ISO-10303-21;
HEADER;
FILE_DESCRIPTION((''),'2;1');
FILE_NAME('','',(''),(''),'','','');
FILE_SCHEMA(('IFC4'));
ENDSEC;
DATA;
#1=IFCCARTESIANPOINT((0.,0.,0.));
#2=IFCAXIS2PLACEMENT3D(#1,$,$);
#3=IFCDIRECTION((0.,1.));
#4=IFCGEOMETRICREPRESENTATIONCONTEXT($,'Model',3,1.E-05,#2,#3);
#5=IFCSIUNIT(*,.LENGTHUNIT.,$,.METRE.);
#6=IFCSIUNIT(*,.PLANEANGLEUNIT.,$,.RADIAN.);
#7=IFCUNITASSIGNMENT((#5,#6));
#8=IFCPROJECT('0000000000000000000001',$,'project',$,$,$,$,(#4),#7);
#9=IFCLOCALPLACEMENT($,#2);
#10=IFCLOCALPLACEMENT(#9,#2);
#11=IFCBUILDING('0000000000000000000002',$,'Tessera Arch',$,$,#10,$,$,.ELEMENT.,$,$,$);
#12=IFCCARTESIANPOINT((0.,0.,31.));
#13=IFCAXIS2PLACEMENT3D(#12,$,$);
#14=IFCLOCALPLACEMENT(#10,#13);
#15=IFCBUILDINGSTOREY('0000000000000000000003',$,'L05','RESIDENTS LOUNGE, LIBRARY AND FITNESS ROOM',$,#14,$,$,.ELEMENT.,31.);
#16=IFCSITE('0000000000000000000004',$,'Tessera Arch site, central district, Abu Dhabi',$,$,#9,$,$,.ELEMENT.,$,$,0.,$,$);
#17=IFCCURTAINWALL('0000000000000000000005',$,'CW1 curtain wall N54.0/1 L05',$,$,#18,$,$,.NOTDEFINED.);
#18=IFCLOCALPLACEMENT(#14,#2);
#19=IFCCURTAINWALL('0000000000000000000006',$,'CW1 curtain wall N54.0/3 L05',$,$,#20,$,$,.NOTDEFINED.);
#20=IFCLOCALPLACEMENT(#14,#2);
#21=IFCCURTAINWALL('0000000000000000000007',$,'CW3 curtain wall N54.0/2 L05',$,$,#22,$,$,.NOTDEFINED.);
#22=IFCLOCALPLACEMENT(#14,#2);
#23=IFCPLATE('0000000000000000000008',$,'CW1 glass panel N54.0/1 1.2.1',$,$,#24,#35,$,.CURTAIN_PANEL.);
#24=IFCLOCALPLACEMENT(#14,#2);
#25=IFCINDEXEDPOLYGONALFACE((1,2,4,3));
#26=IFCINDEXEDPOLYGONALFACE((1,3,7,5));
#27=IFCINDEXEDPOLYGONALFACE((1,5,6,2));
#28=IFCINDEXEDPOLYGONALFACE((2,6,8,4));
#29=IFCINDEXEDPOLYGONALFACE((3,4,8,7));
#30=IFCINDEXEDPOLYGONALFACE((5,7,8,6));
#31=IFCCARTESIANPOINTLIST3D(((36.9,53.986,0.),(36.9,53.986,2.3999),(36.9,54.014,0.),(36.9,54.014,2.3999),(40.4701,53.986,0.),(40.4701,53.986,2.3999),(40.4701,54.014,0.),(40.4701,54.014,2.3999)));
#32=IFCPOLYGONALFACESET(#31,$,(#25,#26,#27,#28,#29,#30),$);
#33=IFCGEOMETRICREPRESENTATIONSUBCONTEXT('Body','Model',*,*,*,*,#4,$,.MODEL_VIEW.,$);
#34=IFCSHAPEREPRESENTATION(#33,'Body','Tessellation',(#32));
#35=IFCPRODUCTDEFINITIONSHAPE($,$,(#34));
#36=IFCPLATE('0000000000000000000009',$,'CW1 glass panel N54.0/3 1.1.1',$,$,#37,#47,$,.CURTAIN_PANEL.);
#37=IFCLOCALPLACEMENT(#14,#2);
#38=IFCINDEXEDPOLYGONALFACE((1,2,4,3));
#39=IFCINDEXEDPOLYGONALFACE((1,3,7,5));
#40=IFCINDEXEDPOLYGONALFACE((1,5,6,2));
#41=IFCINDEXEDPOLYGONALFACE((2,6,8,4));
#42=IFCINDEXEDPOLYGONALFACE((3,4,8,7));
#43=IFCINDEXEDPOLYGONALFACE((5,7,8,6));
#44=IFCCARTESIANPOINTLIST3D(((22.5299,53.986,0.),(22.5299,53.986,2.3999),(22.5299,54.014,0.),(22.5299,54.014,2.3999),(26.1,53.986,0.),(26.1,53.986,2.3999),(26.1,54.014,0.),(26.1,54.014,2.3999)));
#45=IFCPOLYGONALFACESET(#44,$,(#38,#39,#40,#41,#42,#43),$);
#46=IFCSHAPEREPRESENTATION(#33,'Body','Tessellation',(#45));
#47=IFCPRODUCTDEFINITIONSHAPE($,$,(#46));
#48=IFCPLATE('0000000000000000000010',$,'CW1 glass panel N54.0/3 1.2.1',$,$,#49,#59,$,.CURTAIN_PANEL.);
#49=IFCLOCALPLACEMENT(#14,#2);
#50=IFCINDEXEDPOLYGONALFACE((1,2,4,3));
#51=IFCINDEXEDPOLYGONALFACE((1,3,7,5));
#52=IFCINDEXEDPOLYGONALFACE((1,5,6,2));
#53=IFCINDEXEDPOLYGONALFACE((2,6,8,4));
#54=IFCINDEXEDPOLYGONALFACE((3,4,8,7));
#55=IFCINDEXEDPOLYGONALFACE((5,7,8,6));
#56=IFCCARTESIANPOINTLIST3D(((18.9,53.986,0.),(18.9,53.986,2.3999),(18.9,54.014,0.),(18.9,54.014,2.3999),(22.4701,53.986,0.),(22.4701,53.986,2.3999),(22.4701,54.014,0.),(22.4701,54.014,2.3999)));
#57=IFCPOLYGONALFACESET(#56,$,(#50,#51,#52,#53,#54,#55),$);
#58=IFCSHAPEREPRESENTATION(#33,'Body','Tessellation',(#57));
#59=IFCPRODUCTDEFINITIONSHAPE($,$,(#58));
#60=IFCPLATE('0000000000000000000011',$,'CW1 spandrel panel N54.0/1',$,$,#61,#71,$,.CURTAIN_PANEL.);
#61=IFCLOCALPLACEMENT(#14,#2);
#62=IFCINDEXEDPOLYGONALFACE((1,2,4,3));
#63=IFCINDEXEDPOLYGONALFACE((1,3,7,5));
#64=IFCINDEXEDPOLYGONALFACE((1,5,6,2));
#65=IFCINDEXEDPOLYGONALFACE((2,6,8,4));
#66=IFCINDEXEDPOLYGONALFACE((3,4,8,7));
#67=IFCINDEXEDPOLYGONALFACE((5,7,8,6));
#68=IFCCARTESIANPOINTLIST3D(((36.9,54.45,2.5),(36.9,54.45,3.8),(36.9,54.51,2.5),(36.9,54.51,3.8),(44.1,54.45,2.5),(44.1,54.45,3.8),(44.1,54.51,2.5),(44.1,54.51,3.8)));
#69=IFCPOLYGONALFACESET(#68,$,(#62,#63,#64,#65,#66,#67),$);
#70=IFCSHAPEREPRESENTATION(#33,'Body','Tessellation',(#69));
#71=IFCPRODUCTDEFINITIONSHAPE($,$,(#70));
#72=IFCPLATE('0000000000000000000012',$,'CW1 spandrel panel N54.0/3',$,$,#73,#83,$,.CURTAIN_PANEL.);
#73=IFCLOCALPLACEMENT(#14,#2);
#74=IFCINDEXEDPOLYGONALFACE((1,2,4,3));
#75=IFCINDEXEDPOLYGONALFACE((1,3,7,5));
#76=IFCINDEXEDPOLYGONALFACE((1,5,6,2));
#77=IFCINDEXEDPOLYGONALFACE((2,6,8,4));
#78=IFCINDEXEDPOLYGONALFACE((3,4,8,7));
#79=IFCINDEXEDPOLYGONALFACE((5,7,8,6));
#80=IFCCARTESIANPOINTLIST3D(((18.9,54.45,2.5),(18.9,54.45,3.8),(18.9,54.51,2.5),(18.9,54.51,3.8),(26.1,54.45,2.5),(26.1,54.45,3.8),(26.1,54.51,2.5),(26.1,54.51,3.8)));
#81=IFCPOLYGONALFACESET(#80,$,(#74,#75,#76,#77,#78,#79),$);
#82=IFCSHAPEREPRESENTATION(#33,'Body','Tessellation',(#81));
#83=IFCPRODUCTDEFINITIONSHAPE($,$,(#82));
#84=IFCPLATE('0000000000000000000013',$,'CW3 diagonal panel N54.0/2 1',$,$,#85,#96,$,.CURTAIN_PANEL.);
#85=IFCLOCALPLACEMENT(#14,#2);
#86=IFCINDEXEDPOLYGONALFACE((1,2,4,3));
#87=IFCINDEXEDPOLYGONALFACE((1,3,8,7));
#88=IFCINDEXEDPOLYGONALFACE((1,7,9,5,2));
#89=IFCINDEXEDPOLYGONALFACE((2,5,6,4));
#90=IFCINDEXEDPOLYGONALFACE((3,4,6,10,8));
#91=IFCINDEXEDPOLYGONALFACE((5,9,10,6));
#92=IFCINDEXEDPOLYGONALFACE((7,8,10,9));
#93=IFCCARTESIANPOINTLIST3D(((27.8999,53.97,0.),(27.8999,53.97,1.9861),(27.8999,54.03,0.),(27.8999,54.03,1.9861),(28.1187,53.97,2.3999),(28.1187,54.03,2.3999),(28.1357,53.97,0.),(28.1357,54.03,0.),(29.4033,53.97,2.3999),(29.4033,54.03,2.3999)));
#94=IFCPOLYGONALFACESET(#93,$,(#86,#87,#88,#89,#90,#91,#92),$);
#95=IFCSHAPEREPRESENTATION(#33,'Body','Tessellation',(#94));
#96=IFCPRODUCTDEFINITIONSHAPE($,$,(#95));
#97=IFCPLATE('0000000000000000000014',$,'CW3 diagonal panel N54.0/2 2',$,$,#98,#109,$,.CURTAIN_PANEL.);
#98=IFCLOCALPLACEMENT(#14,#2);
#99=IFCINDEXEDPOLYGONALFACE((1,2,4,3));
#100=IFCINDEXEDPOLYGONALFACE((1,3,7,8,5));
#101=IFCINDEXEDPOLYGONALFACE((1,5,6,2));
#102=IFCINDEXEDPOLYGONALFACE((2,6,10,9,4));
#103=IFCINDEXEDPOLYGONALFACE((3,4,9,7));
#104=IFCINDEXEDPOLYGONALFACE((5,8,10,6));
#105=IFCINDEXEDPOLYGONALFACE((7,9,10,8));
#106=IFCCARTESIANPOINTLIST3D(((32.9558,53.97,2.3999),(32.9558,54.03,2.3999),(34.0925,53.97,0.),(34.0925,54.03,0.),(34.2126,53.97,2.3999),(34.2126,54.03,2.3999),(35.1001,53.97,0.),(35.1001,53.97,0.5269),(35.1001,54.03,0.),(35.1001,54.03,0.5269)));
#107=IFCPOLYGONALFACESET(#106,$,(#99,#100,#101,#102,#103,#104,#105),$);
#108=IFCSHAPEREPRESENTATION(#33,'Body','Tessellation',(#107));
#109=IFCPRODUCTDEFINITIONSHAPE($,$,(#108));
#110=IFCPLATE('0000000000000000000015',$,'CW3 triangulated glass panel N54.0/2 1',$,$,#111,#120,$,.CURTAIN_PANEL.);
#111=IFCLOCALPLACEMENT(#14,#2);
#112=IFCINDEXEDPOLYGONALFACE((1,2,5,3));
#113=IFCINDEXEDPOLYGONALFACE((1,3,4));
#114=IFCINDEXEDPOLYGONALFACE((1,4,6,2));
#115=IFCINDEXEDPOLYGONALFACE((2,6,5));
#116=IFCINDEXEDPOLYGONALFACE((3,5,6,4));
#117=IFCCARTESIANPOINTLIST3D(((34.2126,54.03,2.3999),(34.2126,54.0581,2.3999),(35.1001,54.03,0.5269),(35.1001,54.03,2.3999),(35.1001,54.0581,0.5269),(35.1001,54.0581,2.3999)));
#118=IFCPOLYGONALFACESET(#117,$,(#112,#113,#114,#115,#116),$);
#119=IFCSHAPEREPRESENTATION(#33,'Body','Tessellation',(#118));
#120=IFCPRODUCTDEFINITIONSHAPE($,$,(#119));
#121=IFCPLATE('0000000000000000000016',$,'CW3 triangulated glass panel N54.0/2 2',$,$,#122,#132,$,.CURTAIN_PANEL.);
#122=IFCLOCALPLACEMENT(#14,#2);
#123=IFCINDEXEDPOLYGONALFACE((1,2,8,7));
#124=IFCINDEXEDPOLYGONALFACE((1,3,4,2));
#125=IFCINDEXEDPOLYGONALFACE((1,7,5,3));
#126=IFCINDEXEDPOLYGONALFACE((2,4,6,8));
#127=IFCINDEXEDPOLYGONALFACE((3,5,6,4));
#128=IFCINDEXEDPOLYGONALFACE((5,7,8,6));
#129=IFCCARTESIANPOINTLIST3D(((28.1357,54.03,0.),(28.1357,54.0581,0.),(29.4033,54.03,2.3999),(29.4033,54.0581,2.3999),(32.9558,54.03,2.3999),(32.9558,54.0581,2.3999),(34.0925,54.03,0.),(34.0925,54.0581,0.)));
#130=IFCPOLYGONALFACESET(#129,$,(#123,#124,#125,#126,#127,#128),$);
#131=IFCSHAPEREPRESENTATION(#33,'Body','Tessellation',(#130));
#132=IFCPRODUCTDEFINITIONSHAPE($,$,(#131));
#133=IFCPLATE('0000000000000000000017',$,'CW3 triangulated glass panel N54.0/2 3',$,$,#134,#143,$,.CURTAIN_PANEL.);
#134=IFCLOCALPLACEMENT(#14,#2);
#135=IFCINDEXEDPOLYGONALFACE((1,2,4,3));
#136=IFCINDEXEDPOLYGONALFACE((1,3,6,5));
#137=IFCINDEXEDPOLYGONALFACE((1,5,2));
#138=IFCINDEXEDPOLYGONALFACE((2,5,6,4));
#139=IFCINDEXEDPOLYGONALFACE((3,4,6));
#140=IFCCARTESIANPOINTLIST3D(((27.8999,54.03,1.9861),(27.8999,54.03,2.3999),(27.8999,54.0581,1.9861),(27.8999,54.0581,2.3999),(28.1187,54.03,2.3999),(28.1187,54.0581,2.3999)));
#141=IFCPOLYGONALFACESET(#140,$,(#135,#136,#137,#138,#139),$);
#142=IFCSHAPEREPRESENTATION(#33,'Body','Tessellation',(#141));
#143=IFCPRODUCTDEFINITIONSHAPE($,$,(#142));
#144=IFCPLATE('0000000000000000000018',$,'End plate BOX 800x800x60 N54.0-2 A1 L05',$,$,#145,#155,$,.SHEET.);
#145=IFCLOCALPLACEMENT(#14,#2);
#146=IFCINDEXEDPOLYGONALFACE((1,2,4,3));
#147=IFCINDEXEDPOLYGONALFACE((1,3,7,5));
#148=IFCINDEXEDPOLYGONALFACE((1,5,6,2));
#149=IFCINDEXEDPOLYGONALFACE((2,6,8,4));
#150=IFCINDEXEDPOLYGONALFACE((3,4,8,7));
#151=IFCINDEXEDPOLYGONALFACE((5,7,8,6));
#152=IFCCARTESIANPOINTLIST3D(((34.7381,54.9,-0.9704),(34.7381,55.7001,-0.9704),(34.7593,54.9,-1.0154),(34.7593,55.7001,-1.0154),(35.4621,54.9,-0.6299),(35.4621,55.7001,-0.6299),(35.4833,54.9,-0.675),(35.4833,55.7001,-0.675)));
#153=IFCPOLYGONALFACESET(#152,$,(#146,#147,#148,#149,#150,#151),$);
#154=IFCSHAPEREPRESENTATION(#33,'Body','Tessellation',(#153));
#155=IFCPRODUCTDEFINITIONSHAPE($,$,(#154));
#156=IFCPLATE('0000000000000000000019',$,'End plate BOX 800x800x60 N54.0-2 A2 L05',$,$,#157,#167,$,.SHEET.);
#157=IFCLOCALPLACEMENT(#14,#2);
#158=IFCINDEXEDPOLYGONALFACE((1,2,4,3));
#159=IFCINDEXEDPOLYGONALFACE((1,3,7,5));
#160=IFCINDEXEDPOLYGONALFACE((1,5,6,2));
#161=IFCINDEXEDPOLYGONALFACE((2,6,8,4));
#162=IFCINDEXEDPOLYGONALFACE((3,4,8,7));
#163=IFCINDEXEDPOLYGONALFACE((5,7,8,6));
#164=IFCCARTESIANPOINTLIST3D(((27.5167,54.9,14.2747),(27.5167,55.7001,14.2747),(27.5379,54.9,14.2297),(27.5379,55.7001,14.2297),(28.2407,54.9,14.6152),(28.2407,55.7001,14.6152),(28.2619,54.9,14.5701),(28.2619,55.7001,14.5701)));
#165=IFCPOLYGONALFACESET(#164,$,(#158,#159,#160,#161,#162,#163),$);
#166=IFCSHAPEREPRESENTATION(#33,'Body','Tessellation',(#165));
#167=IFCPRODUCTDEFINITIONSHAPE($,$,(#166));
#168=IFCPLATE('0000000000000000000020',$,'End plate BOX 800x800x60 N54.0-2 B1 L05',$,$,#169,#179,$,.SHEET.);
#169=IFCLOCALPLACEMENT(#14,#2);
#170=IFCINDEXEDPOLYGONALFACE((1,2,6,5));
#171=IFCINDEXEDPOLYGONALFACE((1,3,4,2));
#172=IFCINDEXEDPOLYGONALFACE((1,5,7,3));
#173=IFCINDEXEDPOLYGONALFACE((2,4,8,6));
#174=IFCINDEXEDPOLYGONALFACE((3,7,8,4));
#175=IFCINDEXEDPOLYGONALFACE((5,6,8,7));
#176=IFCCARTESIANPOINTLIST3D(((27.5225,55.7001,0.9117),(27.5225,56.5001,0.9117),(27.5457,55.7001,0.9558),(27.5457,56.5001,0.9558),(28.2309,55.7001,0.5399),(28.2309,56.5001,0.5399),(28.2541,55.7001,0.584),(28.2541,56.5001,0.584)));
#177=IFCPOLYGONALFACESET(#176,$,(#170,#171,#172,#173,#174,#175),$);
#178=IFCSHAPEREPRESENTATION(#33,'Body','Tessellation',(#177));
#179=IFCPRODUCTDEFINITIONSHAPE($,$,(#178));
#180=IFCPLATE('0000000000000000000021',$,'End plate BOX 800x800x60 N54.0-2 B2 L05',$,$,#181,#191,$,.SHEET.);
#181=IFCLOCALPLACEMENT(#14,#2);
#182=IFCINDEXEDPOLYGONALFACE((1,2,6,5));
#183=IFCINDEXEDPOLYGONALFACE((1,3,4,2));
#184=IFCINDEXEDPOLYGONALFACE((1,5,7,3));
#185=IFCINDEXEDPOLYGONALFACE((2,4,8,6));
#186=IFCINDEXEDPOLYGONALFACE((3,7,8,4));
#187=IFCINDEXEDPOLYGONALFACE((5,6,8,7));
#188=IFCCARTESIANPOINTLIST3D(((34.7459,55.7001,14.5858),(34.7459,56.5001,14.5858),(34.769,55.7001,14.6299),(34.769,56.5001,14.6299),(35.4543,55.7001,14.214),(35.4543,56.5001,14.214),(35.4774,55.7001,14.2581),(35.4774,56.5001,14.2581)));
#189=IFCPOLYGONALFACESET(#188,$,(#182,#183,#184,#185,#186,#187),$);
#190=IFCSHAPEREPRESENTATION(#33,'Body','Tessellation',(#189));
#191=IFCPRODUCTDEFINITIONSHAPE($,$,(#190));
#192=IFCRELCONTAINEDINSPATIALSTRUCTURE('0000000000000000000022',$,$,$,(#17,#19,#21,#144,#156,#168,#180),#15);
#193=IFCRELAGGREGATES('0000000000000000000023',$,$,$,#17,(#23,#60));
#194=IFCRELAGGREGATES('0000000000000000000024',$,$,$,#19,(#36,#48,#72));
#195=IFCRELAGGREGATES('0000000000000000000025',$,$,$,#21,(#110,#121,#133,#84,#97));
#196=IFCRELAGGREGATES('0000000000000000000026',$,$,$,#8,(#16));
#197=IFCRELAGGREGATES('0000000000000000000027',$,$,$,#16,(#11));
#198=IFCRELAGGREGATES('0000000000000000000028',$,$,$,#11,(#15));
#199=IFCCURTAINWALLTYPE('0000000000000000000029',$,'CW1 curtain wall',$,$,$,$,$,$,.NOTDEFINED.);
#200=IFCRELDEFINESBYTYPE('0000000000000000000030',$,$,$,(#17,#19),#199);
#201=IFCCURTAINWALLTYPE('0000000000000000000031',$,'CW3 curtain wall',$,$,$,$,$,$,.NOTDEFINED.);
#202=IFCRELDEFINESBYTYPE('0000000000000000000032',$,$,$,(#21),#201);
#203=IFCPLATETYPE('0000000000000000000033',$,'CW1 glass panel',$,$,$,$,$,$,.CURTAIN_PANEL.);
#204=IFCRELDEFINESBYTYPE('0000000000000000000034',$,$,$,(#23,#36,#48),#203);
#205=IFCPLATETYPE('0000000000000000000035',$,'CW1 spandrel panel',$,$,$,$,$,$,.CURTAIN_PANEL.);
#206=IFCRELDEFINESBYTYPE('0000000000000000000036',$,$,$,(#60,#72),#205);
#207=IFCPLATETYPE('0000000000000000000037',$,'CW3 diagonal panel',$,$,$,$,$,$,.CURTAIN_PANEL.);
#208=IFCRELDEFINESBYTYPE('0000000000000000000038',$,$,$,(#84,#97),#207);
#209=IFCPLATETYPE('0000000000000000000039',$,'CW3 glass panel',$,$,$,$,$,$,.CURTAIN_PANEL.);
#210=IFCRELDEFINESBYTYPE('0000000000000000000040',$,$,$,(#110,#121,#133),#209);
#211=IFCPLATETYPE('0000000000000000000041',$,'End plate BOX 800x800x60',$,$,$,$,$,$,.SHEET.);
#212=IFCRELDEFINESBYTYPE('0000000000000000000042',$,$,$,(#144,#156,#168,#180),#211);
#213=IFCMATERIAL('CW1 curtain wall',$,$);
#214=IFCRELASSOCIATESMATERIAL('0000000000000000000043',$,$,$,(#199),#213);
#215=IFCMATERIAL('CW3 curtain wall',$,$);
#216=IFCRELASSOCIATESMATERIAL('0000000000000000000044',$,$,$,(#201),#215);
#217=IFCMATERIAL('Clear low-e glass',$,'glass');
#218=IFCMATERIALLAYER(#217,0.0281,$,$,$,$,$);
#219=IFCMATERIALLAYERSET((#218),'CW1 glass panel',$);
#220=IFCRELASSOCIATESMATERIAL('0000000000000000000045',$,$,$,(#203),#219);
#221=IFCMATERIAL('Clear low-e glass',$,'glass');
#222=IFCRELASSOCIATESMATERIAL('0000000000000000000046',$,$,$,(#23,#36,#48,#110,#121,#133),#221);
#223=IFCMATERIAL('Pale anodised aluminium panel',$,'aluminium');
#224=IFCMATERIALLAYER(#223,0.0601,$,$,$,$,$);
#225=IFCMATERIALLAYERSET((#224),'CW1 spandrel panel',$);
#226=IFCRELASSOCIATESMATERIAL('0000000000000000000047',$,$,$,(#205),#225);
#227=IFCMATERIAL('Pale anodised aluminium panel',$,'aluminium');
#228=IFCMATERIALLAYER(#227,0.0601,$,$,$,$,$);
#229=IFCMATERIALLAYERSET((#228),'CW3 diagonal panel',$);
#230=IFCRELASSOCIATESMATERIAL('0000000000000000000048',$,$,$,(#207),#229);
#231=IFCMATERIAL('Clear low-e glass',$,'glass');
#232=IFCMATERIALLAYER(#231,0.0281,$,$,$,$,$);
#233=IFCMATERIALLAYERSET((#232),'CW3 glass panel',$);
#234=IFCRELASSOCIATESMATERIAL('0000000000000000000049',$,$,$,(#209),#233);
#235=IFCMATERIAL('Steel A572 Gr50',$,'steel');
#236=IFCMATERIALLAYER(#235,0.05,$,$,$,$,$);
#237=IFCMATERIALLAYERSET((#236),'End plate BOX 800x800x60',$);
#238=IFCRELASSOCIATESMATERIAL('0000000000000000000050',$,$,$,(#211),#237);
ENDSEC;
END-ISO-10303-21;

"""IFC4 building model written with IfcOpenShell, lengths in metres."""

from ifc_helpers import new_model, si_unit, direction, frame, origin, origin_2d, place, context, subcontext, project, spatial, polyline, rectangle, outline, extrude, material, layer, layer_set, type_object, element, aggregate, save


model = new_model("IFC4")

# Units and contexts
model_context = context("Model", 3, precision=1e-05, world=origin(), true_north=direction((0.0, 1.0)))
body_context = subcontext(model_context, "Body", "Model", "MODEL_VIEW")
ifc_project = project(units=[si_unit("LENGTHUNIT", "METRE"), si_unit("PLANEANGLEUNIT", "RADIAN")], contexts=[model_context])

# Site, building, storey
site_placement = place(None, origin())
site = spatial("IfcSite", under=ifc_project, at=site_placement, Name="Tessera Arch site, central district, Abu Dhabi", CompositionType="ELEMENT", RefElevation=0.0)
building_placement = place(site_placement, origin())
building = spatial("IfcBuilding", under=site, at=building_placement, Name="Tessera Arch", CompositionType="ELEMENT")
storey_placement = place(building_placement, frame((0.0, 0.0, 31.0)))
storey = spatial("IfcBuildingStorey", under=building, at=storey_placement, Name="L05", Description="RESIDENTS LOUNGE, LIBRARY AND FITNESS ROOM", CompositionType="ELEMENT", Elevation=31.0)

# Curtain wall
ifc_material_1 = material(Name="CW1 curtain wall")
curtain_wall_type_1 = type_object("IfcCurtainWallType", Name="CW1 curtain wall", PredefinedType="NOTDEFINED", material=ifc_material_1)
curtain_wall_1_placement = place(storey_placement, origin())
curtain_wall_1 = element("IfcCurtainWall", 1, at=curtain_wall_1_placement, inside=storey, type_object=curtain_wall_type_1, Name="CW1 curtain wall N54.0/1 L05", PredefinedType="NOTDEFINED")

# Curtain wall
curtain_wall_2_placement = place(storey_placement, origin())
curtain_wall_2 = element("IfcCurtainWall", 2, at=curtain_wall_2_placement, inside=storey, type_object=curtain_wall_type_1, Name="CW1 curtain wall N54.0/3 L05", PredefinedType="NOTDEFINED")

# Curtain wall
ifc_material_2 = material(Name="CW3 curtain wall")
curtain_wall_type_2 = type_object("IfcCurtainWallType", Name="CW3 curtain wall", PredefinedType="NOTDEFINED", material=ifc_material_2)
curtain_wall_3_placement = place(storey_placement, origin())
curtain_wall_3 = element("IfcCurtainWall", 3, at=curtain_wall_3_placement, inside=storey, type_object=curtain_wall_type_2, Name="CW3 curtain wall N54.0/2 L05", PredefinedType="NOTDEFINED")

# Plates
ifc_material_3 = material(Name="Clear low-e glass", Category="glass")
ifc_material_4 = material(Name="Clear low-e glass", Category="glass")
ifc_layer_1 = layer(ifc_material_4, 0.0281)
ifc_layer_set_1 = layer_set([ifc_layer_1], Name="CW1 glass panel")
plate_type_1 = type_object("IfcPlateType", Name="CW1 glass panel", PredefinedType="CURTAIN_PANEL", material=ifc_layer_set_1)
plate_1_placement = place(storey_placement, frame((38.6851, 54.0, 0.0), z_axis=(0.0, 0.0, 1.0), x_axis=(-1.0, 0.0, 0.0)))
plate_1 = element("IfcPlate", 4, at=plate_1_placement, type_object=plate_type_1, material=ifc_material_3, Name="CW1 glass panel N54.0/1 1.2.1", PredefinedType="CURTAIN_PANEL", context=body_context, shape_type="SweptSolid", body=[
    extrude(rectangle(XDim=3.5701, YDim=0.0281, at=origin_2d()), origin(), (0.0, 0.0, 1.0), 2.3999),
])
plate_2_placement = place(storey_placement, frame((24.3149, 54.0, 0.0), z_axis=(0.0, 0.0, 1.0), x_axis=(-1.0, 0.0, 0.0)))
plate_2 = element("IfcPlate", 5, at=plate_2_placement, type_object=plate_type_1, material=ifc_material_3, Name="CW1 glass panel N54.0/3 1.1.1", PredefinedType="CURTAIN_PANEL", context=body_context, shape_type="SweptSolid", body=[
    extrude(rectangle(XDim=3.5701, YDim=0.0281, at=origin_2d()), origin(), (0.0, 0.0, 1.0), 2.3999),
])
plate_3_placement = place(storey_placement, frame((20.6851, 54.0, 0.0), z_axis=(0.0, 0.0, 1.0), x_axis=(-1.0, 0.0, 0.0)))
plate_3 = element("IfcPlate", 6, at=plate_3_placement, type_object=plate_type_1, material=ifc_material_3, Name="CW1 glass panel N54.0/3 1.2.1", PredefinedType="CURTAIN_PANEL", context=body_context, shape_type="SweptSolid", body=[
    extrude(rectangle(XDim=3.5701, YDim=0.0281, at=origin_2d()), origin(), (0.0, 0.0, 1.0), 2.3999),
])
ifc_material_5 = material(Name="Pale anodised aluminium panel", Category="aluminium")
ifc_layer_2 = layer(ifc_material_5, 0.0601)
ifc_layer_set_2 = layer_set([ifc_layer_2], Name="CW1 spandrel panel")
plate_type_2 = type_object("IfcPlateType", Name="CW1 spandrel panel", PredefinedType="CURTAIN_PANEL", material=ifc_layer_set_2)
plate_4_placement = place(storey_placement, frame((40.5, 54.48, 2.5), z_axis=(0.0, 0.0, 1.0), x_axis=(-1.0, 0.0, 0.0)))
plate_4 = element("IfcPlate", 7, at=plate_4_placement, type_object=plate_type_2, Name="CW1 spandrel panel N54.0/1", PredefinedType="CURTAIN_PANEL", context=body_context, shape_type="SweptSolid", body=[
    extrude(rectangle(XDim=7.2, YDim=0.0601, at=origin_2d()), origin(), (0.0, 0.0, 1.0), 1.3),
])
aggregate(curtain_wall_1, [plate_1, plate_4])
plate_5_placement = place(storey_placement, frame((22.5, 54.48, 2.5), z_axis=(0.0, 0.0, 1.0), x_axis=(-1.0, 0.0, 0.0)))
plate_5 = element("IfcPlate", 8, at=plate_5_placement, type_object=plate_type_2, Name="CW1 spandrel panel N54.0/3", PredefinedType="CURTAIN_PANEL", context=body_context, shape_type="SweptSolid", body=[
    extrude(rectangle(XDim=7.2, YDim=0.0601, at=origin_2d()), origin(), (0.0, 0.0, 1.0), 1.3),
])
aggregate(curtain_wall_2, [plate_2, plate_3, plate_5])
ifc_material_6 = material(Name="Pale anodised aluminium panel", Category="aluminium")
ifc_layer_3 = layer(ifc_material_6, 0.0601)
ifc_layer_set_3 = layer_set([ifc_layer_3], Name="CW3 diagonal panel")
plate_type_3 = type_object("IfcPlateType", Name="CW3 diagonal panel", PredefinedType="CURTAIN_PANEL", material=ifc_layer_set_3)
plate_6_placement = place(storey_placement, frame((27.8999, 54.03, 0.0), z_axis=(0.0, 1.0, 0.0), x_axis=(0.0, 0.0, 1.0)))
plate_6 = element("IfcPlate", 9, at=plate_6_placement, type_object=plate_type_3, Name="CW3 diagonal panel N54.0/2 1", PredefinedType="CURTAIN_PANEL", context=body_context, shape_type="SweptSolid", body=[
    extrude(outline(polyline([(0.0, 0.0), (1.9861, 0.0), (2.3999, 0.2188), (2.3999, 1.5034), (0.0, 0.2358), (0.0, 0.0)])), origin(), (0.0, 0.0, -1.0), 0.0601),
])
plate_7_placement = place(storey_placement, frame((32.9558, 54.03, 2.3999), z_axis=(0.0, 1.0, 0.0), x_axis=(1.0, 0.0, 0.0)))
plate_7 = element("IfcPlate", 10, at=plate_7_placement, type_object=plate_type_3, Name="CW3 diagonal panel N54.0/2 2", PredefinedType="CURTAIN_PANEL", context=body_context, shape_type="SweptSolid", body=[
    extrude(outline(polyline([(0.0, 0.0), (1.2568, 0.0), (2.1443, 1.873), (2.1443, 2.3999), (1.1367, 2.3999), (0.0, 0.0)])), origin(), (0.0, 0.0, -1.0), 0.0601),
])
ifc_material_7 = material(Name="Clear low-e glass", Category="glass")
ifc_layer_4 = layer(ifc_material_7, 0.0281)
ifc_layer_set_4 = layer_set([ifc_layer_4], Name="CW3 glass panel")
plate_type_4 = type_object("IfcPlateType", Name="CW3 glass panel", PredefinedType="CURTAIN_PANEL", material=ifc_layer_set_4)
plate_8_placement = place(storey_placement, frame((35.1001, 54.0581, 2.3999), z_axis=(0.0, 1.0, 0.0), x_axis=(0.0, 0.0, -1.0)))
plate_8 = element("IfcPlate", 11, at=plate_8_placement, type_object=plate_type_4, material=ifc_material_3, Name="CW3 triangulated glass panel N54.0/2 1", PredefinedType="CURTAIN_PANEL", context=body_context, shape_type="SweptSolid", body=[
    extrude(outline(polyline([(0.0, 0.0), (1.873, 0.0), (0.0, 0.8875), (0.0, 0.0)])), origin(), (0.0, 0.0, -1.0), 0.0281),
])
plate_9_placement = place(storey_placement, frame((29.4033, 54.0581, 2.3999), z_axis=(0.0, 1.0, 0.0), x_axis=(1.0, 0.0, 0.0)))
plate_9 = element("IfcPlate", 12, at=plate_9_placement, type_object=plate_type_4, material=ifc_material_3, Name="CW3 triangulated glass panel N54.0/2 2", PredefinedType="CURTAIN_PANEL", context=body_context, shape_type="SweptSolid", body=[
    extrude(outline(polyline([(0.0, 0.0), (3.5525, 0.0), (4.6892, 2.3999), (-1.2676, 2.3999), (0.0, 0.0)])), origin(), (0.0, 0.0, -1.0), 0.0281),
])
plate_10_placement = place(storey_placement, frame((27.8999, 54.0581, 2.3999), z_axis=(0.0, 1.0, 0.0), x_axis=(1.0, 0.0, 0.0)))
plate_10 = element("IfcPlate", 13, at=plate_10_placement, type_object=plate_type_4, material=ifc_material_3, Name="CW3 triangulated glass panel N54.0/2 3", PredefinedType="CURTAIN_PANEL", context=body_context, shape_type="SweptSolid", body=[
    extrude(outline(polyline([(0.0, 0.0), (0.2188, 0.0), (0.0, 0.4138), (0.0, 0.0)])), origin(), (0.0, 0.0, -1.0), 0.0281),
])
aggregate(curtain_wall_3, [plate_8, plate_9, plate_10, plate_6, plate_7])

# Plates
ifc_material_8 = material(Name="Steel A572 Gr50", Category="steel")
ifc_layer_5 = layer(ifc_material_8, 0.05)
ifc_layer_set_5 = layer_set([ifc_layer_5], Name="End plate BOX 800x800x60")
plate_type_5 = type_object("IfcPlateType", Name="End plate BOX 800x800x60", PredefinedType="SHEET", material=ifc_layer_set_5)
for number, where, z_axis, x_axis, name in (
    (14, (35.1213, 55.3, -0.8452), (-0.425561, 0.0, 0.90493), (0.0, -1.0, 0.0), "End plate BOX 800x800x60 N54.0-2 A1 L05"),
    (15, (27.8999, 55.3, 14.3999), (-0.425561, 0.0, 0.90493), (0.0, -1.0, 0.0), "End plate BOX 800x800x60 N54.0-2 A2 L05"),
    (16, (27.8767, 56.1001, 0.7258), (0.464738, 0.0, 0.885448), (0.0, 1.0, 0.0), "End plate BOX 800x800x60 N54.0-2 B1 L05"),
    (17, (35.1001, 56.1001, 14.3999), (0.464738, 0.0, 0.885448), (0.0, 1.0, 0.0), "End plate BOX 800x800x60 N54.0-2 B2 L05"),
):
    element("IfcPlate", number, at=place(storey_placement, frame(where, z_axis=z_axis, x_axis=x_axis)), inside=storey, type_object=plate_type_5, Name=name, PredefinedType="SHEET", context=body_context, shape_type="SweptSolid", body=[
        extrude(rectangle(XDim=0.8, YDim=0.8, at=origin_2d()), origin(), (0.0, 0.0, 1.0), 0.0498),
    ])

save(model, "model.ifc")
